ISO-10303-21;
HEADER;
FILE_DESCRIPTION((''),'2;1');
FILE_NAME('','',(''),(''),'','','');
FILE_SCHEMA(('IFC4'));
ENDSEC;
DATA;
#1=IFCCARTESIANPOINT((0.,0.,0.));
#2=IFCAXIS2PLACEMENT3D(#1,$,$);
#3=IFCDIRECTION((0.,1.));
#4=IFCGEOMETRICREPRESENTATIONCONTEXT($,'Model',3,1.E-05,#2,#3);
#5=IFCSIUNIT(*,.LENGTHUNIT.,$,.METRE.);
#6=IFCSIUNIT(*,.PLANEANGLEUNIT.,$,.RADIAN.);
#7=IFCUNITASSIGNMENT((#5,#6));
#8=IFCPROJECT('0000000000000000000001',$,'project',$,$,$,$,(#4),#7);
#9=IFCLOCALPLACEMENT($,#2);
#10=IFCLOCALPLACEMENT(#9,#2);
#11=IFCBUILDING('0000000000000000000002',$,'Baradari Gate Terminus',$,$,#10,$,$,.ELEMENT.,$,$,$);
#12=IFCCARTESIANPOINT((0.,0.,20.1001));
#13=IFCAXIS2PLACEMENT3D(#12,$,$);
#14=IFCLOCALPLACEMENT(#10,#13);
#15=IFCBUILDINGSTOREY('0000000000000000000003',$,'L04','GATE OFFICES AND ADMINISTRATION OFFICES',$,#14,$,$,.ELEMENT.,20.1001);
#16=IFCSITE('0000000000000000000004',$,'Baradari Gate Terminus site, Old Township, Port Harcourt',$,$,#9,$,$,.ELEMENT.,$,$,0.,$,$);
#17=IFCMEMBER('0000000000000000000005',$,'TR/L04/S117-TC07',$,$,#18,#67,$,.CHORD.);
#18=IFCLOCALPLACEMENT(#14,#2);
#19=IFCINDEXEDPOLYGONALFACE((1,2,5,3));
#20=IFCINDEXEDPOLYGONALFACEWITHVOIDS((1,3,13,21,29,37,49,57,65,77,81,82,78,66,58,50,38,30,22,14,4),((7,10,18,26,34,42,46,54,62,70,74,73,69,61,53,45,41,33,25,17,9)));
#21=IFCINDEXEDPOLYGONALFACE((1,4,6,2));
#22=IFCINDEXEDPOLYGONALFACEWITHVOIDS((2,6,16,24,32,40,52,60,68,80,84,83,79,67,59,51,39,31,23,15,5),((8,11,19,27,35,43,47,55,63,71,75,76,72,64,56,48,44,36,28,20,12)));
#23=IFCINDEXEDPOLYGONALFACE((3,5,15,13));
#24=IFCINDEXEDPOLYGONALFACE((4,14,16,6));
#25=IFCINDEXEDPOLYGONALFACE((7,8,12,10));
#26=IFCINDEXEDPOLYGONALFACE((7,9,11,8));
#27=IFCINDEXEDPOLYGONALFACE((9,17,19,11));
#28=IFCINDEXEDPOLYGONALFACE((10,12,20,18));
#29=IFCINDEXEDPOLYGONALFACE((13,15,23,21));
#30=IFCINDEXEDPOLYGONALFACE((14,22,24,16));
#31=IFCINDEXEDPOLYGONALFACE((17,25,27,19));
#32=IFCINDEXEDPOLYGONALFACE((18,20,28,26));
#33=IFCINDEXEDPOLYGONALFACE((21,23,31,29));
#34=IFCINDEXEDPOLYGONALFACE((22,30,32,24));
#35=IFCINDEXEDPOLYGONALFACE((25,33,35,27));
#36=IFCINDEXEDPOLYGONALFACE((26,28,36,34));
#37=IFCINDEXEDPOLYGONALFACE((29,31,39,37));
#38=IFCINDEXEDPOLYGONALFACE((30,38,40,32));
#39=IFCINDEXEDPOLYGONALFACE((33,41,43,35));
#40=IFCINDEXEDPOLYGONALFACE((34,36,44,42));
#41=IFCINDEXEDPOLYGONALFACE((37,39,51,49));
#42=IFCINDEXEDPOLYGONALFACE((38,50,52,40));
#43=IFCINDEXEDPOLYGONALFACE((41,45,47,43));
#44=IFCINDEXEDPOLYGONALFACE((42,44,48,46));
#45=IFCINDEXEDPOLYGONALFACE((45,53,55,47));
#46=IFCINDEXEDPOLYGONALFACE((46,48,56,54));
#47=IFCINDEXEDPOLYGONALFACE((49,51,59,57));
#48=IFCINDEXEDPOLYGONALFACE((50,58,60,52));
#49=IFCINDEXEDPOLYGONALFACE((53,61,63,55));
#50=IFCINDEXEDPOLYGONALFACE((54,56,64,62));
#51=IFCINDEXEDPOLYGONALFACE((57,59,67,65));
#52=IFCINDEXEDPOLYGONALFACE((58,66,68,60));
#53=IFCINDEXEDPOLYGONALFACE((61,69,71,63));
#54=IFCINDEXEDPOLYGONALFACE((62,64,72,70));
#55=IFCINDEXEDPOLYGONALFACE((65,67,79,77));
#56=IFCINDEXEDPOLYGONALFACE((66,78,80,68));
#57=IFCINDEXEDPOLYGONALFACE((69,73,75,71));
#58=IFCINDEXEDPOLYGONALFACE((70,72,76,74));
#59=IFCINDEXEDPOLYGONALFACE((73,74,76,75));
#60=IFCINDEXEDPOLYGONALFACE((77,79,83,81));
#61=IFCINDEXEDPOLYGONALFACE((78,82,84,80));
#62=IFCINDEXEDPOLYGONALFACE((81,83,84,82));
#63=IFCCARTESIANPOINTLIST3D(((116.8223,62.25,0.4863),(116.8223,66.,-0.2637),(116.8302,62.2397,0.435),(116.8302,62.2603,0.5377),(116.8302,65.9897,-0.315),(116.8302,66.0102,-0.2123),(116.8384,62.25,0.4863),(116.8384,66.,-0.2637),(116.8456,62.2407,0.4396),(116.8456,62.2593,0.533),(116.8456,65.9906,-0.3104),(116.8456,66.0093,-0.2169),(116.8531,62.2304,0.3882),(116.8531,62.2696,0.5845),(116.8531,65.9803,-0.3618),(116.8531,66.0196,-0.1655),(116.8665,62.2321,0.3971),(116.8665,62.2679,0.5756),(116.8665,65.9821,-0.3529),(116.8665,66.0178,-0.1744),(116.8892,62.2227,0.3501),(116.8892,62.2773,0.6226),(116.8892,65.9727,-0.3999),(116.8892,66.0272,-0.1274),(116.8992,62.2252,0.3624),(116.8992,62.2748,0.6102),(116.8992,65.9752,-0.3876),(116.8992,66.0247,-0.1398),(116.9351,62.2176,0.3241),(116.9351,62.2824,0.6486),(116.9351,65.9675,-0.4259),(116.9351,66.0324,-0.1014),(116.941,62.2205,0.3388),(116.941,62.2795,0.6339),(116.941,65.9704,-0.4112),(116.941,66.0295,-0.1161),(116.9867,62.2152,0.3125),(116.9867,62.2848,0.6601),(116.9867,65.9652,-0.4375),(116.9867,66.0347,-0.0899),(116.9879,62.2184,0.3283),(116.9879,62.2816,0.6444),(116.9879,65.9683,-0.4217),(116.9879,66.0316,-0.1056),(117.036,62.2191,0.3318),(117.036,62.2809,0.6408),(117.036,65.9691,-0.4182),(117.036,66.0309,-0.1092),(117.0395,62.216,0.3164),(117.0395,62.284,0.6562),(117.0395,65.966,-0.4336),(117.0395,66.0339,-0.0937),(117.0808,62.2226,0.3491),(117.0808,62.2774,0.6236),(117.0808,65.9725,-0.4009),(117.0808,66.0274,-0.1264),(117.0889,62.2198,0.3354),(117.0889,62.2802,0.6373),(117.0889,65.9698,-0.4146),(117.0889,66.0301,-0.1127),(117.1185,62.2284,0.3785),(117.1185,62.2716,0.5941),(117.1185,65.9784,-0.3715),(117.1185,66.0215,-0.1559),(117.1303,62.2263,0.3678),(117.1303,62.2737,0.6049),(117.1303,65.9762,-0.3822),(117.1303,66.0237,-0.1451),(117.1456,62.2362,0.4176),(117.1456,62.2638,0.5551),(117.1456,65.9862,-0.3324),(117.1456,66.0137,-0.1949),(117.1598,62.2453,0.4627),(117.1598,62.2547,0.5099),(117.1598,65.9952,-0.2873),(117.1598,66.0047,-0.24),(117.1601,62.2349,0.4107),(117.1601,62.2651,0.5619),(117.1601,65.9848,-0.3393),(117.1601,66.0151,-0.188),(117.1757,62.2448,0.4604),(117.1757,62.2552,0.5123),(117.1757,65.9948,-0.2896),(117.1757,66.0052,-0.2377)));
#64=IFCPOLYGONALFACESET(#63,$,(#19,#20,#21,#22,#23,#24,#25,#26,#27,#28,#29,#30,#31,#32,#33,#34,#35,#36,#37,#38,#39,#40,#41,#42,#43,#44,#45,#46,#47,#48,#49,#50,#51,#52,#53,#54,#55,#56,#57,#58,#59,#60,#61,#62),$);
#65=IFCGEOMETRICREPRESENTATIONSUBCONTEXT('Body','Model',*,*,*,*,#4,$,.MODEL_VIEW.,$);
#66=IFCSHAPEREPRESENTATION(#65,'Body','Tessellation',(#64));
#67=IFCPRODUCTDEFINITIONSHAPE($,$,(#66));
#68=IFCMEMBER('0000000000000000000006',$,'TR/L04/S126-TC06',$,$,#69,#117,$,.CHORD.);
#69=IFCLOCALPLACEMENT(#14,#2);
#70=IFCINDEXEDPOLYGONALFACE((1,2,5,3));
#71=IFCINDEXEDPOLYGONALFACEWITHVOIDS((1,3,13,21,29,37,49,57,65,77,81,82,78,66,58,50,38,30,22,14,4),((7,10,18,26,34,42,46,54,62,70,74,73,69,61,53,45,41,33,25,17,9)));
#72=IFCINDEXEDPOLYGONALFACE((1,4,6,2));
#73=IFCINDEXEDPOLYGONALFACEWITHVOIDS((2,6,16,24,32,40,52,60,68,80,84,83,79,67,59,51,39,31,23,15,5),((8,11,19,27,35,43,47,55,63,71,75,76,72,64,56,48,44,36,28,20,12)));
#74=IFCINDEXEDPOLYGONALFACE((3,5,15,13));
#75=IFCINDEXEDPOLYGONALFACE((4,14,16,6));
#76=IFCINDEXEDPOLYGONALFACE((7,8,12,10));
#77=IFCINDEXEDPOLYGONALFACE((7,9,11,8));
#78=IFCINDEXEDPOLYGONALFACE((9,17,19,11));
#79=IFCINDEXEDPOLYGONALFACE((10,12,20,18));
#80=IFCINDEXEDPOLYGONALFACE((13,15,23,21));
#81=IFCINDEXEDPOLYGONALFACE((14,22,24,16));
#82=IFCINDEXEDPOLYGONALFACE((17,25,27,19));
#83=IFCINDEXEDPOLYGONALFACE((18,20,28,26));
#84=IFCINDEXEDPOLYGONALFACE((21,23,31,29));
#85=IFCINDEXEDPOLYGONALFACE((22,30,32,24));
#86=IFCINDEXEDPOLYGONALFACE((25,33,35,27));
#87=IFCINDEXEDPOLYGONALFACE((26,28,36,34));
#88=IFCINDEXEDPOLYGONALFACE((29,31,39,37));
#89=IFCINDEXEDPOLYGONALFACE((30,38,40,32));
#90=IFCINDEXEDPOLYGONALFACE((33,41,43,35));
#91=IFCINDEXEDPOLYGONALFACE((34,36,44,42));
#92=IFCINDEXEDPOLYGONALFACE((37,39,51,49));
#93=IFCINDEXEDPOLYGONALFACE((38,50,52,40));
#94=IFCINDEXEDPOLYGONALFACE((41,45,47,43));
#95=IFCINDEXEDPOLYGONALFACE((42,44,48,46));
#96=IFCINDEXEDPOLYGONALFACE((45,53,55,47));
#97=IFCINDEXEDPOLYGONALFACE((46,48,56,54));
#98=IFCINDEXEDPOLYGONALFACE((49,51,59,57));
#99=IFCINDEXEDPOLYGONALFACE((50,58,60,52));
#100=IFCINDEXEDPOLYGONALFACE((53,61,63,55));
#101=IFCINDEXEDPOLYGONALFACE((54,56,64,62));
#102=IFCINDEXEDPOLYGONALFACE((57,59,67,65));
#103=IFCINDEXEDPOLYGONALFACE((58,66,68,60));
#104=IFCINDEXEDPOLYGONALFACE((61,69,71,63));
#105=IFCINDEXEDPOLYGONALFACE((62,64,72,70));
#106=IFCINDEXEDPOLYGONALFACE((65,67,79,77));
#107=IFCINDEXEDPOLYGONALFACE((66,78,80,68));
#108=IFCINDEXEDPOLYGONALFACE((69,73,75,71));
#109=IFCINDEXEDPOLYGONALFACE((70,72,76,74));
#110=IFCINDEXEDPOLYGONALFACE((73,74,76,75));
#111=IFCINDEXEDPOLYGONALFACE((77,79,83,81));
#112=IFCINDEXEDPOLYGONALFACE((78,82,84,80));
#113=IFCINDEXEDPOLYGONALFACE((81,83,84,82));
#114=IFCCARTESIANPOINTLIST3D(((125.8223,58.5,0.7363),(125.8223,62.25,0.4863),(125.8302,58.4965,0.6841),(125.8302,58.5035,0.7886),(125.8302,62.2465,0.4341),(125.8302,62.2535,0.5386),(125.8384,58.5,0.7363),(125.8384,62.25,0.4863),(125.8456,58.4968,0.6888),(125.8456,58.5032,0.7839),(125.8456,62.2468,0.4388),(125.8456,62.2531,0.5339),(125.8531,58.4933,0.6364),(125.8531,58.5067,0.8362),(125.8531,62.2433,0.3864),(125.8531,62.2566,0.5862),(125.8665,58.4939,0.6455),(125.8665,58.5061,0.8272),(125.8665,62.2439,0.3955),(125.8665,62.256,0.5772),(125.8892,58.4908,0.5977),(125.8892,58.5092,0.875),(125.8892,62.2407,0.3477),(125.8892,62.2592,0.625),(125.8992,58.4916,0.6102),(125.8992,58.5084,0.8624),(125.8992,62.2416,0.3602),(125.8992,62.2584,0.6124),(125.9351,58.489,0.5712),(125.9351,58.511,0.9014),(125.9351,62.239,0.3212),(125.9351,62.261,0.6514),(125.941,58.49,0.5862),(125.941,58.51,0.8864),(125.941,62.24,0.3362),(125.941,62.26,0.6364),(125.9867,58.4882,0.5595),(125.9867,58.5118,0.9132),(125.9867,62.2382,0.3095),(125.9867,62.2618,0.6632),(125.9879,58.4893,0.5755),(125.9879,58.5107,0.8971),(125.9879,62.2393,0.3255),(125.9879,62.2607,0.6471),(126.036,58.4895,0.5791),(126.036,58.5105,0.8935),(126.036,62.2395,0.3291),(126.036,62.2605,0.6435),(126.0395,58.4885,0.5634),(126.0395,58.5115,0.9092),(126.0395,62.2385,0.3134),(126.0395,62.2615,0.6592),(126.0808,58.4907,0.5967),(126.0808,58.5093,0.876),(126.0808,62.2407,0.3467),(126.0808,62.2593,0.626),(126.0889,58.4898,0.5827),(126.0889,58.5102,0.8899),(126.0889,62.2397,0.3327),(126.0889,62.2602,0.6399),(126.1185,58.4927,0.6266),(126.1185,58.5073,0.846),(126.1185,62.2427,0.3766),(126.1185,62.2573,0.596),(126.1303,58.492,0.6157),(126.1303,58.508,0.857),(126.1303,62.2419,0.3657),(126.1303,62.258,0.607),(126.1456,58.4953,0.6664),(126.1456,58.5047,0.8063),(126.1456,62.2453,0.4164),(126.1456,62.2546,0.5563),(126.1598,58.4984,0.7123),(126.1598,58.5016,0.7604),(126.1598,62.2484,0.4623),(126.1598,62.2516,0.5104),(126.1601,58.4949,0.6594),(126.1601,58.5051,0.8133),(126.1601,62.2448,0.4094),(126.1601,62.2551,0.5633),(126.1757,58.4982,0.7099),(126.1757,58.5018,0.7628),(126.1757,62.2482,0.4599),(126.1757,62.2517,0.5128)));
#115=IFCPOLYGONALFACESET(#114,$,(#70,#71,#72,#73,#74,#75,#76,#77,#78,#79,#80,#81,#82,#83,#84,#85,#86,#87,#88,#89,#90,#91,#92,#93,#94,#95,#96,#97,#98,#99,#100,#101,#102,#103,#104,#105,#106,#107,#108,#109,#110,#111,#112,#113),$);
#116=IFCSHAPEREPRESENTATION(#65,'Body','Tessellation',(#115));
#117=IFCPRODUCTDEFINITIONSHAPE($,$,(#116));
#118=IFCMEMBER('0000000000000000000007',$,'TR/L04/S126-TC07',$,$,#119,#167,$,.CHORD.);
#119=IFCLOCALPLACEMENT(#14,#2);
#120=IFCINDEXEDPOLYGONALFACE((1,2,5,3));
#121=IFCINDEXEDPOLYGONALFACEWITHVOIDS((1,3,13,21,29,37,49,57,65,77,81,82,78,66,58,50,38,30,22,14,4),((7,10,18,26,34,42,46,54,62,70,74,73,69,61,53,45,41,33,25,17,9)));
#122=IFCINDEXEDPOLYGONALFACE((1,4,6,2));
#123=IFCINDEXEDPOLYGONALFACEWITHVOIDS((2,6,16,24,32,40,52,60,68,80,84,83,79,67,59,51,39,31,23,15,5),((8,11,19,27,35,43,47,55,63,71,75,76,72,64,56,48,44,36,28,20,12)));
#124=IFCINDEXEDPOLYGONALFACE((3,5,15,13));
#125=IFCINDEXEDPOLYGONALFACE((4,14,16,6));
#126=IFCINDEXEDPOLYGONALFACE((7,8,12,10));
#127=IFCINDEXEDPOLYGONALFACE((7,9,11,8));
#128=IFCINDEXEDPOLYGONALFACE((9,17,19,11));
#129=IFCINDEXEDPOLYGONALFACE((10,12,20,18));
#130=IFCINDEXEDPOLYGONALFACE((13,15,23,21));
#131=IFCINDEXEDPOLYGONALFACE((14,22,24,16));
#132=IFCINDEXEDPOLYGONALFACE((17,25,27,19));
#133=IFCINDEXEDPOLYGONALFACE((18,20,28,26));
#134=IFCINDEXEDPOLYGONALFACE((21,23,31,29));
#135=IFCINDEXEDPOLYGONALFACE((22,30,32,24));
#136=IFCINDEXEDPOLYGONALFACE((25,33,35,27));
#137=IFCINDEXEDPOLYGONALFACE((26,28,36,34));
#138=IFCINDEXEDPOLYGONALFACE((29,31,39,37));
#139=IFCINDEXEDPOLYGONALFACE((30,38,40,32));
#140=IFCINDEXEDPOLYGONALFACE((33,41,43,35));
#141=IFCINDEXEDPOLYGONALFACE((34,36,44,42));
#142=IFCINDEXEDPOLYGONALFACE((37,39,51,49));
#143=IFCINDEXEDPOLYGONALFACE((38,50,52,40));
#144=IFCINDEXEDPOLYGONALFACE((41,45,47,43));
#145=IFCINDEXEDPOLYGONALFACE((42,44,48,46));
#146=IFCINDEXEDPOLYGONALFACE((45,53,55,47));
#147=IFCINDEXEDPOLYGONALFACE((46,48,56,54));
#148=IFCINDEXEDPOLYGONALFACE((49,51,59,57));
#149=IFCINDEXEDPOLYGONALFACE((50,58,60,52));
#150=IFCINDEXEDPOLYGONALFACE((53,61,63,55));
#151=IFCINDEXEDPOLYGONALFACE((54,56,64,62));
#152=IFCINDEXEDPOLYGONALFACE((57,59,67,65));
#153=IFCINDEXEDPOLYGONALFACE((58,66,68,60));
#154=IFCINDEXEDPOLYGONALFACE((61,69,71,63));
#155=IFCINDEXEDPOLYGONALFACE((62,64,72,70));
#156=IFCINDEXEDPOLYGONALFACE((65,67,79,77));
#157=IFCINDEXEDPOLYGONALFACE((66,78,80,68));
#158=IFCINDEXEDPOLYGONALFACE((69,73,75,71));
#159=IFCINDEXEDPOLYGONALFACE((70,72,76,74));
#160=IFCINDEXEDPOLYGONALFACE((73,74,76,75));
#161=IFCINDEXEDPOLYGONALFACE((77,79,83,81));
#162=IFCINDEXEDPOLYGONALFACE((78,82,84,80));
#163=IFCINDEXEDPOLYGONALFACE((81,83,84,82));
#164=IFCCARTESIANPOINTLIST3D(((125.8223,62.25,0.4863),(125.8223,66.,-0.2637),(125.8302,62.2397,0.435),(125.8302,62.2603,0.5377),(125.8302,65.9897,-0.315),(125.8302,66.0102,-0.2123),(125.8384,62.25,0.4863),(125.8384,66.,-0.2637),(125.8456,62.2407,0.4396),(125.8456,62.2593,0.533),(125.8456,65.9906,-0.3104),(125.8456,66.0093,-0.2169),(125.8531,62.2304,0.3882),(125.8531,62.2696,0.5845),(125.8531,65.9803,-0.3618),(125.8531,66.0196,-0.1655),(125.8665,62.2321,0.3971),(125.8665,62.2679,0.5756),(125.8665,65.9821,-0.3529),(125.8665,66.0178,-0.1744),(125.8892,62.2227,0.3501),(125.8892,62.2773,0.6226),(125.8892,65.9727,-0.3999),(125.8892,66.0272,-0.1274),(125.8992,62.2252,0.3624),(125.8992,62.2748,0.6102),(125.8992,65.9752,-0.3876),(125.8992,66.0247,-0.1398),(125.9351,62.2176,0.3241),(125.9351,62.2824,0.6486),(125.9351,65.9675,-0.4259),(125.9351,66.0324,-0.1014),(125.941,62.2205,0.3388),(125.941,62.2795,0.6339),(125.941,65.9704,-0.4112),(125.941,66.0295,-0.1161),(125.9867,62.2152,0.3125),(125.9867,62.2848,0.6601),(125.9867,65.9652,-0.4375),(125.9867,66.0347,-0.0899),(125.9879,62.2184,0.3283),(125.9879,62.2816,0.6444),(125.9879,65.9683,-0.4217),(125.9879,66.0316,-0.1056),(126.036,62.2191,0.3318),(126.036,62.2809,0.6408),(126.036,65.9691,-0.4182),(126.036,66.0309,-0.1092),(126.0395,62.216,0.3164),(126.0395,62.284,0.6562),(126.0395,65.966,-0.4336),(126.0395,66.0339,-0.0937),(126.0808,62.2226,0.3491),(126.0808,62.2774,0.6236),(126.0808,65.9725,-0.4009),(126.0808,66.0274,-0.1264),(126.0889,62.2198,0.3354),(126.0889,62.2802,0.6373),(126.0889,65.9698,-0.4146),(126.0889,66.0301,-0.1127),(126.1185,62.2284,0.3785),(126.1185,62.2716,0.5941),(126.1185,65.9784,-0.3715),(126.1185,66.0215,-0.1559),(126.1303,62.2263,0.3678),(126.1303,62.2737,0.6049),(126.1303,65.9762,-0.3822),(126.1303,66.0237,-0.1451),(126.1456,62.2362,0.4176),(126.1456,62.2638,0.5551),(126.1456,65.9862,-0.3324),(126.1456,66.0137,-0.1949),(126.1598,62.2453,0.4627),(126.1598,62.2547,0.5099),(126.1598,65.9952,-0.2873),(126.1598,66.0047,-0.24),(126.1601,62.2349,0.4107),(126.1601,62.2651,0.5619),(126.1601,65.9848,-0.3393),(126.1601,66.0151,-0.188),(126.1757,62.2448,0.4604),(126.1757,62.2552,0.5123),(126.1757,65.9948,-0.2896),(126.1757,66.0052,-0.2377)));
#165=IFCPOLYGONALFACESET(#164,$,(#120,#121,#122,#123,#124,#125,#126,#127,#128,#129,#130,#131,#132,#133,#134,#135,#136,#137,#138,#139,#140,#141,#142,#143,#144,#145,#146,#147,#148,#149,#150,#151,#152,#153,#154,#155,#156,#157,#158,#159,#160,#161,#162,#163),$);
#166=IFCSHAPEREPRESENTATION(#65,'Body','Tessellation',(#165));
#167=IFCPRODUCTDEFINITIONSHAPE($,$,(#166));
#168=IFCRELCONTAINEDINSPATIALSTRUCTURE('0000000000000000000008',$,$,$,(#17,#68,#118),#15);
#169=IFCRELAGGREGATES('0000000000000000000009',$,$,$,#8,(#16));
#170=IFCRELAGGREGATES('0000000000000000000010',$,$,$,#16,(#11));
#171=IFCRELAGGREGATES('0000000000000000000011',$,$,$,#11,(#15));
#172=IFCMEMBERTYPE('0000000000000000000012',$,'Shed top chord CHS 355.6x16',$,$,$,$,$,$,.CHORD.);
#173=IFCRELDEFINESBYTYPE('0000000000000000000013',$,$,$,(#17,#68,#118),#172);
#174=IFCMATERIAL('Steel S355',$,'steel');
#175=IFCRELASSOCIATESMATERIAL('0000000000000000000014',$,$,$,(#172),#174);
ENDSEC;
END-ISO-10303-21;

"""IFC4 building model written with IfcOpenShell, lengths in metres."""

from ifc_helpers import new_model, si_unit, direction, frame, origin, origin_2d, place, context, subcontext, project, spatial, hollow_circle, extrude, material, material_profile, profile_set, type_object, element, save


model = new_model("IFC4")

# Units and contexts
model_context = context("Model", 3, precision=1e-05, world=origin(), true_north=direction((0.0, 1.0)))
body_context = subcontext(model_context, "Body", "Model", "MODEL_VIEW")
ifc_project = project(units=[si_unit("LENGTHUNIT", "METRE"), si_unit("PLANEANGLEUNIT", "RADIAN")], contexts=[model_context])

# Site, building, storey
site_placement = place(None, origin())
site = spatial("IfcSite", under=ifc_project, at=site_placement, Name="Baradari Gate Terminus site, Old Township, Port Harcourt", CompositionType="ELEMENT", RefElevation=0.0)
building_placement = place(site_placement, origin())
building = spatial("IfcBuilding", under=site, at=building_placement, Name="Baradari Gate Terminus", CompositionType="ELEMENT")
storey_placement = place(building_placement, frame((0.0, 0.0, 20.1001)))
storey = spatial("IfcBuildingStorey", under=building, at=storey_placement, Name="L04", Description="GATE OFFICES AND ADMINISTRATION OFFICES", CompositionType="ELEMENT", Elevation=20.1001)

# Members
ifc_material_1 = material(Name="Steel S355", Category="steel")
ifc_material_profile_1 = material_profile(ifc_material_1, hollow_circle(Radius=0.1777, WallThickness=0.0161, at=origin_2d()), Name="CHS 355.6x16")
ifc_profile_set_1 = profile_set([ifc_material_profile_1], Name="Steel S355")
member_type_1 = type_object("IfcMemberType", Name="Shed top chord CHS 355.6x16", PredefinedType="CHORD", material=ifc_profile_set_1)
member_1_placement = place(storey_placement, frame((117.0, 62.25, 0.4863), z_axis=(0.0, 0.980581, -0.196116), x_axis=(-1.0, 0.0, 0.0)))
element("IfcMember", 1, at=member_1_placement, inside=storey, type_object=member_type_1, Name="TR/L04/S117-TC07", PredefinedType="CHORD", context=body_context, shape_type="SweptSolid", body=[
    extrude(hollow_circle(Radius=0.1777, WallThickness=0.0161, at=origin_2d()), origin(), (0.0, 0.0, 1.0), 3.8242),
])
member_2_placement = place(storey_placement, frame((126.0, 58.5, 0.7363), z_axis=(0.0, 0.997785, -0.066519), x_axis=(-1.0, 0.0, 0.0)))
element("IfcMember", 2, at=member_2_placement, inside=storey, type_object=member_type_1, Name="TR/L04/S126-TC06", PredefinedType="CHORD", context=body_context, shape_type="SweptSolid", body=[
    extrude(hollow_circle(Radius=0.1777, WallThickness=0.0161, at=origin_2d()), origin(), (0.0, 0.0, 1.0), 3.7583),
])
member_3_placement = place(storey_placement, frame((126.0, 62.25, 0.4863), z_axis=(0.0, 0.980581, -0.196116), x_axis=(-1.0, 0.0, 0.0)))
element("IfcMember", 3, at=member_3_placement, inside=storey, type_object=member_type_1, Name="TR/L04/S126-TC07", PredefinedType="CHORD", context=body_context, shape_type="SweptSolid", body=[
    extrude(hollow_circle(Radius=0.1777, WallThickness=0.0161, at=origin_2d()), origin(), (0.0, 0.0, 1.0), 3.8242),
])

save(model, "model.ifc")
